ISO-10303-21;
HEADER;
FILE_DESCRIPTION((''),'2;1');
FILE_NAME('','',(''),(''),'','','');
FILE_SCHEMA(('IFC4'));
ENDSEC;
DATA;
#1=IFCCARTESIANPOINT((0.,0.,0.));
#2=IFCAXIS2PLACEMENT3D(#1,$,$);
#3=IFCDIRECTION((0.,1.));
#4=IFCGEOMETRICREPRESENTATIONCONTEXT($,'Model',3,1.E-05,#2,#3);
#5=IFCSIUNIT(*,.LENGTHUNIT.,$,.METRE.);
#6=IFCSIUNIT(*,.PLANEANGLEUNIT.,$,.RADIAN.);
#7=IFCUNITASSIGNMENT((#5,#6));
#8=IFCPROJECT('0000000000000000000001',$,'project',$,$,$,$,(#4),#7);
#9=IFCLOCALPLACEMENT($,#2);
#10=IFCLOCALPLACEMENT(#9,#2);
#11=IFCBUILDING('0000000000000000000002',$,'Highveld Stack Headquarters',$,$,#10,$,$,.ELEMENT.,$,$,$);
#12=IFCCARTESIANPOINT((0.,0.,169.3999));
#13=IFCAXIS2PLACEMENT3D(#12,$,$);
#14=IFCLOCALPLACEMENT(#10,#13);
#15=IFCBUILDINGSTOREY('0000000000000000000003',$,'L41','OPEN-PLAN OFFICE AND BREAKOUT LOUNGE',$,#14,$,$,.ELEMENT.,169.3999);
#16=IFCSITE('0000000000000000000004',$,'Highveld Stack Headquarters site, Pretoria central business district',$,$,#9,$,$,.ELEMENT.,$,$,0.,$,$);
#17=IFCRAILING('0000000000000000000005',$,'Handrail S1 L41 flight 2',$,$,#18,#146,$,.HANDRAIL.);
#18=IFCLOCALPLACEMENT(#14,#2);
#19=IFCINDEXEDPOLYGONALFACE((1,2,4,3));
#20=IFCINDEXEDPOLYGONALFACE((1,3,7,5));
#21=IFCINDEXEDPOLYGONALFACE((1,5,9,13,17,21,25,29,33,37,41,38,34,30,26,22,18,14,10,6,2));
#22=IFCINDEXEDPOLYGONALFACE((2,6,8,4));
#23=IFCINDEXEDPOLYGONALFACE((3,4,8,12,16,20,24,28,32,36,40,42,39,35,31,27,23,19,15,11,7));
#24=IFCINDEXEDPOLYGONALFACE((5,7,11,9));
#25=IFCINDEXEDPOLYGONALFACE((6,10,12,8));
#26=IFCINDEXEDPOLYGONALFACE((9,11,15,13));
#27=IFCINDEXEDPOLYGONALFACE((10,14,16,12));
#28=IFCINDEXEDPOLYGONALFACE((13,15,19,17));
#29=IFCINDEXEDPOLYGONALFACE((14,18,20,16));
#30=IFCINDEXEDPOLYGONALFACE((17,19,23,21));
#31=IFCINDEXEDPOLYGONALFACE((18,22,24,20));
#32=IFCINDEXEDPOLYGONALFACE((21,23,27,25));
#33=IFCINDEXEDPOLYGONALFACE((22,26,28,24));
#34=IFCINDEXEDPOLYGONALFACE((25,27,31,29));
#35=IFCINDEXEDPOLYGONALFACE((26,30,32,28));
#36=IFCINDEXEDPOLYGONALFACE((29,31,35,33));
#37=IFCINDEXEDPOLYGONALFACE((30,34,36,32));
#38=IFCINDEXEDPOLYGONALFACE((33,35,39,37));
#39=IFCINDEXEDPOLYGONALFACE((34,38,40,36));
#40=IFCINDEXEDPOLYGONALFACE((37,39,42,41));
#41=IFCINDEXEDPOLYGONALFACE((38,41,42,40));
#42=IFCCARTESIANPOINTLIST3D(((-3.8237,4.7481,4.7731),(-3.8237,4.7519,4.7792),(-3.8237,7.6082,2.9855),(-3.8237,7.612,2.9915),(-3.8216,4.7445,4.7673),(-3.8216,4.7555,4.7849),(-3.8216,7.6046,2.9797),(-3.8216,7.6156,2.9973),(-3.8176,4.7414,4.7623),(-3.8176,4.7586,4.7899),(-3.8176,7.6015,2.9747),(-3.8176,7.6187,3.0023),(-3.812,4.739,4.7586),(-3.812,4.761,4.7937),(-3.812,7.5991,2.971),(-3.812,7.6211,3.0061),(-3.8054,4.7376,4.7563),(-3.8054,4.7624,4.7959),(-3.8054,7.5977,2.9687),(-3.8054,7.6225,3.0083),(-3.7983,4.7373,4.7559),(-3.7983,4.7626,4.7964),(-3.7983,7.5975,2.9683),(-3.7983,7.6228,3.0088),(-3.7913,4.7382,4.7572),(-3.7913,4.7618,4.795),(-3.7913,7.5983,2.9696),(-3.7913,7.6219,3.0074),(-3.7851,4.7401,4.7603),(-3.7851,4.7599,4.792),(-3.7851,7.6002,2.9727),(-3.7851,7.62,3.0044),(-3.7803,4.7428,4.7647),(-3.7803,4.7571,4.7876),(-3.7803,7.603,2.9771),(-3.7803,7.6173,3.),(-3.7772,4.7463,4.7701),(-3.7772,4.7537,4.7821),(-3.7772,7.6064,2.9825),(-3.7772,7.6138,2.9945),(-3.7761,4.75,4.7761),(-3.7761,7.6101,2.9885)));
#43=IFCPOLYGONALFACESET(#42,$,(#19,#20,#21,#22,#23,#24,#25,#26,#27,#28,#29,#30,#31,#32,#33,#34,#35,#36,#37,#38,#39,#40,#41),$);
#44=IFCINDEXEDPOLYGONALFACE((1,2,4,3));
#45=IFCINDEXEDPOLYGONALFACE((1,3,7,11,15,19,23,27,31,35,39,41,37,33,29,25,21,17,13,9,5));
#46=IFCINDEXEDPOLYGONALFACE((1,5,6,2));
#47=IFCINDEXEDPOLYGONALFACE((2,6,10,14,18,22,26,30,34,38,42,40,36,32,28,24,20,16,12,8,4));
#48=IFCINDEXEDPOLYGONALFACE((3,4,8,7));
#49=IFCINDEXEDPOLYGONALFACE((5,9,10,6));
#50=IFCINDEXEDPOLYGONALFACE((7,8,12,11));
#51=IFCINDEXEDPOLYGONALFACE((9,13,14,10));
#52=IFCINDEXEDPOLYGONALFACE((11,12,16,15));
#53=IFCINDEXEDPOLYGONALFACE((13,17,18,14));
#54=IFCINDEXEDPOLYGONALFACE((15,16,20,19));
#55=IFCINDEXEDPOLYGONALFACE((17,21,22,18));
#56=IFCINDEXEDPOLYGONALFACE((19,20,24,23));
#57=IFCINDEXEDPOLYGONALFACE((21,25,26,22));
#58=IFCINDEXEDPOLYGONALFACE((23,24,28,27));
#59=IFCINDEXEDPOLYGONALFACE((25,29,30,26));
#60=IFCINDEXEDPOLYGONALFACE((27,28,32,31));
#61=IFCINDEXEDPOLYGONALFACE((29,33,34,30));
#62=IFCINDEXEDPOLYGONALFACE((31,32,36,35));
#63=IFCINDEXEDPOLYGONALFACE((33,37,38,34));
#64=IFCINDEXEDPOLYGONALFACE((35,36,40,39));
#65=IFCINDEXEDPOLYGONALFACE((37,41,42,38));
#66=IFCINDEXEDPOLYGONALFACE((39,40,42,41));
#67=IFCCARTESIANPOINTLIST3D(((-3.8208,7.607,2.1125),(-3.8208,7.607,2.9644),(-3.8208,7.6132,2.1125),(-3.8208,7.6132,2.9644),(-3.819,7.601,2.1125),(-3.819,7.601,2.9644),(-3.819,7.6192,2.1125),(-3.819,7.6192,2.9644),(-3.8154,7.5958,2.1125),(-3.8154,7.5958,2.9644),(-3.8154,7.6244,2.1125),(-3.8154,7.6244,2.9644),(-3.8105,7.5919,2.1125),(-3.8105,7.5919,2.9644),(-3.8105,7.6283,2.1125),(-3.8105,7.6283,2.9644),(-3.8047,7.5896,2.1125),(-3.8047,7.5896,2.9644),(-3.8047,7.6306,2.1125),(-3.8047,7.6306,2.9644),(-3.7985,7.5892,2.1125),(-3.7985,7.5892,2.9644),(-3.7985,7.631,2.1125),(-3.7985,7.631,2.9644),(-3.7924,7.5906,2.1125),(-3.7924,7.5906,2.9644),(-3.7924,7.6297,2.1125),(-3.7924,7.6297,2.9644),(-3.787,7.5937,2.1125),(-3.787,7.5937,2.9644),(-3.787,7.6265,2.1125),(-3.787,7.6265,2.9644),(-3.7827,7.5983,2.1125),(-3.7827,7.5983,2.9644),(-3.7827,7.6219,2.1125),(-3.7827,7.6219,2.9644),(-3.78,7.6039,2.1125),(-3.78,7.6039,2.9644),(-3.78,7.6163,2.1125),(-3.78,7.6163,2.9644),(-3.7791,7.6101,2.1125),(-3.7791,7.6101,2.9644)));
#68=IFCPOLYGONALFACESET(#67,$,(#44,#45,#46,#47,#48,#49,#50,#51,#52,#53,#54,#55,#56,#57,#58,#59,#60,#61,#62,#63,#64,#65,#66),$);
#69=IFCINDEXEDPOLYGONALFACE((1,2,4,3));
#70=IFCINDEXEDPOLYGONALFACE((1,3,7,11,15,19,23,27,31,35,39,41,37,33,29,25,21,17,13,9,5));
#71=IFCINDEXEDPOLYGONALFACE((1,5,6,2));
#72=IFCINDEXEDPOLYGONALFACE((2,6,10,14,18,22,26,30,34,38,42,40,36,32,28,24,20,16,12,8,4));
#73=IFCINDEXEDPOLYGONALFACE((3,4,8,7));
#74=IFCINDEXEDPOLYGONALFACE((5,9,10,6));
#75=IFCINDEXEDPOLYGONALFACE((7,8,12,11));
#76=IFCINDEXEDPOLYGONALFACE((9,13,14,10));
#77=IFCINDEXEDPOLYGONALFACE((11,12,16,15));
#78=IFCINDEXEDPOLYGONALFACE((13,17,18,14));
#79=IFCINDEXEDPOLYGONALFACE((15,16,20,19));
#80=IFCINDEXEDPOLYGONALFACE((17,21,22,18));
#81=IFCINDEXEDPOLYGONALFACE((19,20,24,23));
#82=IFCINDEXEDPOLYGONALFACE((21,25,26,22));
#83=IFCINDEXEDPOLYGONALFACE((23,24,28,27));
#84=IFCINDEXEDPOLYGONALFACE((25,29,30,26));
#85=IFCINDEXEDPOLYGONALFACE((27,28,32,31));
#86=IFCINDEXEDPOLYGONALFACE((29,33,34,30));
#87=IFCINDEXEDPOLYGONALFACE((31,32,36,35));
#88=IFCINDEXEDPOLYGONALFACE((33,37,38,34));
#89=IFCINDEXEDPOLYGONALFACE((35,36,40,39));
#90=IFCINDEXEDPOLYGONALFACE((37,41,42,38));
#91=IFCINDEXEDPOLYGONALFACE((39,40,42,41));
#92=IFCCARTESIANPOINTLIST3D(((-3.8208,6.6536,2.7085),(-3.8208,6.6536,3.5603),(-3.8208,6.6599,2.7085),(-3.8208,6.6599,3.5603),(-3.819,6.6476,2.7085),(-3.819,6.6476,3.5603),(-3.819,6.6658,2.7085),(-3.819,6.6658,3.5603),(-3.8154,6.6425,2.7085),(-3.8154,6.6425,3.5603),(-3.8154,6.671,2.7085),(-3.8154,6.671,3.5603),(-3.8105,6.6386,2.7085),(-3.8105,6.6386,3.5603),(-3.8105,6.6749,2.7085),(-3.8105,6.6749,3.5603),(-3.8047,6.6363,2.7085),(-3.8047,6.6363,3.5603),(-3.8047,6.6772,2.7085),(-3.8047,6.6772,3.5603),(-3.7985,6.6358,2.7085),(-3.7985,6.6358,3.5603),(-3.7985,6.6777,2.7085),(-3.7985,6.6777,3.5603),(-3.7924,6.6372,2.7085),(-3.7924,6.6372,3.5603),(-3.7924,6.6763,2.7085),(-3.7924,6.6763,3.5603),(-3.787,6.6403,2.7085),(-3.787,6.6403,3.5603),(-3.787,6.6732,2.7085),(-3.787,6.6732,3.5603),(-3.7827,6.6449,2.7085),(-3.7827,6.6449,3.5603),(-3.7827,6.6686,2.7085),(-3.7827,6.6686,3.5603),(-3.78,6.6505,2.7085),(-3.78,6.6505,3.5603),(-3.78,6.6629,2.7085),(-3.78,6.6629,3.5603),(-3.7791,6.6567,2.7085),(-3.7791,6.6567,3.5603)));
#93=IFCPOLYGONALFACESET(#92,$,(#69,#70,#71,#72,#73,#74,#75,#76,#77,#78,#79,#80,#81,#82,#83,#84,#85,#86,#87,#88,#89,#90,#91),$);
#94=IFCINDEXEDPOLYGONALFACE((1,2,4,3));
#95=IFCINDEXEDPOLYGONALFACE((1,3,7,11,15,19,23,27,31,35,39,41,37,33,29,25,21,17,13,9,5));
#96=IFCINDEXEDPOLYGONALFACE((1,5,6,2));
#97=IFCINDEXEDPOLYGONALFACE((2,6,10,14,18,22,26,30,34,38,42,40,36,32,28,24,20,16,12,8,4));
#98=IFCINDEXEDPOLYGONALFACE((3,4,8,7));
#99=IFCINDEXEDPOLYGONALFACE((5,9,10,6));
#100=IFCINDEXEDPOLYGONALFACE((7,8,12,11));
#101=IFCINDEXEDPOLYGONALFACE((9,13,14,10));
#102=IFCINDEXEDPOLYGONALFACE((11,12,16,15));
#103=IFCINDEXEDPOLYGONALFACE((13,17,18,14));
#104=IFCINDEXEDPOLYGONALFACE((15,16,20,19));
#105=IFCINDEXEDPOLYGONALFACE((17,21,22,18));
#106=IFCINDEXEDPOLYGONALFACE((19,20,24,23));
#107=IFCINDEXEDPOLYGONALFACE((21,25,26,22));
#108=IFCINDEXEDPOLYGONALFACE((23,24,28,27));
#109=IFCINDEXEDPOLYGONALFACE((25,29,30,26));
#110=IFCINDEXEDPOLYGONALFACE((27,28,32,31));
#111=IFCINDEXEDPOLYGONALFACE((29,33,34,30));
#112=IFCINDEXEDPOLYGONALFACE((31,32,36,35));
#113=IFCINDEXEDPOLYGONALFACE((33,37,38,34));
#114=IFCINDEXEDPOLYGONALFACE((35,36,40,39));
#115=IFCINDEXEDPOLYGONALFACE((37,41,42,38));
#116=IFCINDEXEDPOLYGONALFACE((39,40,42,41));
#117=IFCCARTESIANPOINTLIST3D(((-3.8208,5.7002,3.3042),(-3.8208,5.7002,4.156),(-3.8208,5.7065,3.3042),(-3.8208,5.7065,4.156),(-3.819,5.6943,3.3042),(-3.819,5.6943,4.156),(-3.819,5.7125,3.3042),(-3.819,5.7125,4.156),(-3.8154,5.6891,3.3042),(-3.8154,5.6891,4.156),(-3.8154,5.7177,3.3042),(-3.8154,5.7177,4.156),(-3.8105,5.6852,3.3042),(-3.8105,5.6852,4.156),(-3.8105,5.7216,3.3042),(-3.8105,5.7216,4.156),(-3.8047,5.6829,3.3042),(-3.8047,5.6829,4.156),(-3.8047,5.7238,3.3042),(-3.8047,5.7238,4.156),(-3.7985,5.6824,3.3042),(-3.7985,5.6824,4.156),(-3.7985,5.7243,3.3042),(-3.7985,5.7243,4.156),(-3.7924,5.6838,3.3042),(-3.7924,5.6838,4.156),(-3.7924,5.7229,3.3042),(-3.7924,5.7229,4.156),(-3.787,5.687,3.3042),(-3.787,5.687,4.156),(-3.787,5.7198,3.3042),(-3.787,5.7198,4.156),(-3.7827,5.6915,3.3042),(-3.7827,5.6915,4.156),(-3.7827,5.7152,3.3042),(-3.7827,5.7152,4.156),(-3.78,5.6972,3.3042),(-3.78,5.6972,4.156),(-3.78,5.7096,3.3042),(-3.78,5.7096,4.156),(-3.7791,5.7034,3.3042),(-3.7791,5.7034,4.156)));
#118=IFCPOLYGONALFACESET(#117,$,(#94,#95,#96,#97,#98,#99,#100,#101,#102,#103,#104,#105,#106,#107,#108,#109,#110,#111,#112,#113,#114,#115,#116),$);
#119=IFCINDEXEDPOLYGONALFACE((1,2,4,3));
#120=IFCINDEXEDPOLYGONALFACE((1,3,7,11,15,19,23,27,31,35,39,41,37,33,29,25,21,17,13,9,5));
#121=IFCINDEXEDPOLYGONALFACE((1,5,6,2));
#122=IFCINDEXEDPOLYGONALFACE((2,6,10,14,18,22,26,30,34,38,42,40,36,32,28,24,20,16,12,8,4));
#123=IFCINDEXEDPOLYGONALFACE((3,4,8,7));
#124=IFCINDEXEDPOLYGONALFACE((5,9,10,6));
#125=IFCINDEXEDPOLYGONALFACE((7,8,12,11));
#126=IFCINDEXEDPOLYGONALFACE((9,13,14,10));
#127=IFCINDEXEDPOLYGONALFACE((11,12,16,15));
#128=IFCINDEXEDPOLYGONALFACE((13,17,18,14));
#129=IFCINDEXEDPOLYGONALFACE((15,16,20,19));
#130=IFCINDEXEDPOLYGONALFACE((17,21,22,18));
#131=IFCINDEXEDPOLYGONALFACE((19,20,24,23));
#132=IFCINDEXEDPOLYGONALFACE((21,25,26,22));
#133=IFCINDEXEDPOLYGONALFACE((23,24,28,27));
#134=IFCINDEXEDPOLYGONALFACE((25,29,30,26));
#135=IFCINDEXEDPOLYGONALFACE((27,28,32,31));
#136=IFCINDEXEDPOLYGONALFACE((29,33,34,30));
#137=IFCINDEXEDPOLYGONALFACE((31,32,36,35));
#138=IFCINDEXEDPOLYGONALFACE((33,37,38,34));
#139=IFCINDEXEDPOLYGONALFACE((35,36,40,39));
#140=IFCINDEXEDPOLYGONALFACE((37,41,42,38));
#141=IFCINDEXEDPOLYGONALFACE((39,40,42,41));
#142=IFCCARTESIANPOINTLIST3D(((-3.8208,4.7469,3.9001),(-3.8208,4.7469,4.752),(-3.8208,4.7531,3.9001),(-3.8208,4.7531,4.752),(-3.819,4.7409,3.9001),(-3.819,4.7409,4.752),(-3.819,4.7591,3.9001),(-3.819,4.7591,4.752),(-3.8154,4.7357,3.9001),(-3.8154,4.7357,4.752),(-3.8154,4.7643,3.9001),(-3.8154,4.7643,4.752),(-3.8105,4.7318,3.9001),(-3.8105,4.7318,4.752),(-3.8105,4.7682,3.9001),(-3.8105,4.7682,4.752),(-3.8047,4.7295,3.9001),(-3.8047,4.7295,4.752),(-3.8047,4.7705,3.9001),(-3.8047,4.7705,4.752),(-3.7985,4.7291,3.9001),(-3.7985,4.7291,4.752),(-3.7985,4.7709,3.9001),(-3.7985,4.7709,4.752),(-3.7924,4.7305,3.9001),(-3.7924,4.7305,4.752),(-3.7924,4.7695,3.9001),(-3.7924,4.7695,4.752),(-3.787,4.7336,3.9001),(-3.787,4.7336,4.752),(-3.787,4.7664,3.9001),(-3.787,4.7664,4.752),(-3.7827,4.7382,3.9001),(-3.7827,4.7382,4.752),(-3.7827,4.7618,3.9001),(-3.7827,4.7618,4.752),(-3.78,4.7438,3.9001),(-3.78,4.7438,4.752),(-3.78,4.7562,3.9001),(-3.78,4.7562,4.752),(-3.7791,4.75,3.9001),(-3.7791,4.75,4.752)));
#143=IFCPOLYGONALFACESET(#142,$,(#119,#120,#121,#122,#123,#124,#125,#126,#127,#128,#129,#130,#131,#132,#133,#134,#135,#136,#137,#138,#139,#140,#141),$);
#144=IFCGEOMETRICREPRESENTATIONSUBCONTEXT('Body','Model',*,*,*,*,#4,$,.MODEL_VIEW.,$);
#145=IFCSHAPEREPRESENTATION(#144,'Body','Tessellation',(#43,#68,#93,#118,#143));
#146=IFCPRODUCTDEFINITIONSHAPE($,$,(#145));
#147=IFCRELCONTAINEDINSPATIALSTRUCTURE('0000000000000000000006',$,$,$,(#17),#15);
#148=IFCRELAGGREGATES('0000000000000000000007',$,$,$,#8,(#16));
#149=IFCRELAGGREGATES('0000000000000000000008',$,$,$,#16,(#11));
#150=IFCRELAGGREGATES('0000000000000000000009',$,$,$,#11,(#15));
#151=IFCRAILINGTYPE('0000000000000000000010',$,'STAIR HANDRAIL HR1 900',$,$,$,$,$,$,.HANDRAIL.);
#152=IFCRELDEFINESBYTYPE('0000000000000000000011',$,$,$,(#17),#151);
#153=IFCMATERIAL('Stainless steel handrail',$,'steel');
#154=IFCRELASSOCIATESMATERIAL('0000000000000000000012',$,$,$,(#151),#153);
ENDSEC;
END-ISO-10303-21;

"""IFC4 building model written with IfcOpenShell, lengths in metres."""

from ifc_helpers import new_model, si_unit, direction, frame, origin, origin_2d, place, context, subcontext, project, spatial, circle, extrude, material, type_object, element, save


model = new_model("IFC4")

# Units and contexts
model_context = context("Model", 3, precision=1e-05, world=origin(), true_north=direction((0.0, 1.0)))
body_context = subcontext(model_context, "Body", "Model", "MODEL_VIEW")
ifc_project = project(units=[si_unit("LENGTHUNIT", "METRE"), si_unit("PLANEANGLEUNIT", "RADIAN")], contexts=[model_context])

# Site, building, storey
site_placement = place(None, origin())
site = spatial("IfcSite", under=ifc_project, at=site_placement, Name="Highveld Stack Headquarters site, Pretoria central business district", CompositionType="ELEMENT", RefElevation=0.0)
building_placement = place(site_placement, origin())
building = spatial("IfcBuilding", under=site, at=building_placement, Name="Highveld Stack Headquarters", CompositionType="ELEMENT")
storey_placement = place(building_placement, frame((0.0, 0.0, 169.3999)))
storey = spatial("IfcBuildingStorey", under=building, at=storey_placement, Name="L41", Description="OPEN-PLAN OFFICE AND BREAKOUT LOUNGE", CompositionType="ELEMENT", Elevation=169.3999)

# Railing
ifc_material_1 = material(Name="Stainless steel handrail", Category="steel")
railing_type = type_object("IfcRailingType", Name="STAIR HANDRAIL HR1 900", PredefinedType="HANDRAIL", material=ifc_material_1)
for number, where, name in (
    (1, (-3.8, 7.6101, 2.1125), "Handrail S1 L41 flight 2"),
):
    element("IfcRailing", number, at=place(storey_placement, frame(where)), inside=storey, type_object=railing_type, Name=name, PredefinedType="HANDRAIL", context=body_context, shape_type="SweptSolid", body=[
        extrude(circle(Radius=0.0239, at=origin_2d()), frame((0.0, 0.0, 0.876), z_axis=(0.0, -0.847994, 0.530005), x_axis=(1.0, 0.0, 0.0)), (0.0, 0.0, 1.0), 3.3728),
        extrude(circle(Radius=0.021, at=origin_2d()), origin(), (0.0, 0.0, 1.0), 0.8518),
        extrude(circle(Radius=0.021, at=origin_2d()), frame((0.0, -0.9534, 0.5959)), (0.0, 0.0, 1.0), 0.8518),
        extrude(circle(Radius=0.021, at=origin_2d()), frame((0.0, -1.9067, 1.1917)), (0.0, 0.0, 1.0), 0.8518),
        extrude(circle(Radius=0.021, at=origin_2d()), frame((0.0, -2.8601, 1.7876)), (0.0, 0.0, 1.0), 0.8518),
    ])

save(model, "model.ifc")
